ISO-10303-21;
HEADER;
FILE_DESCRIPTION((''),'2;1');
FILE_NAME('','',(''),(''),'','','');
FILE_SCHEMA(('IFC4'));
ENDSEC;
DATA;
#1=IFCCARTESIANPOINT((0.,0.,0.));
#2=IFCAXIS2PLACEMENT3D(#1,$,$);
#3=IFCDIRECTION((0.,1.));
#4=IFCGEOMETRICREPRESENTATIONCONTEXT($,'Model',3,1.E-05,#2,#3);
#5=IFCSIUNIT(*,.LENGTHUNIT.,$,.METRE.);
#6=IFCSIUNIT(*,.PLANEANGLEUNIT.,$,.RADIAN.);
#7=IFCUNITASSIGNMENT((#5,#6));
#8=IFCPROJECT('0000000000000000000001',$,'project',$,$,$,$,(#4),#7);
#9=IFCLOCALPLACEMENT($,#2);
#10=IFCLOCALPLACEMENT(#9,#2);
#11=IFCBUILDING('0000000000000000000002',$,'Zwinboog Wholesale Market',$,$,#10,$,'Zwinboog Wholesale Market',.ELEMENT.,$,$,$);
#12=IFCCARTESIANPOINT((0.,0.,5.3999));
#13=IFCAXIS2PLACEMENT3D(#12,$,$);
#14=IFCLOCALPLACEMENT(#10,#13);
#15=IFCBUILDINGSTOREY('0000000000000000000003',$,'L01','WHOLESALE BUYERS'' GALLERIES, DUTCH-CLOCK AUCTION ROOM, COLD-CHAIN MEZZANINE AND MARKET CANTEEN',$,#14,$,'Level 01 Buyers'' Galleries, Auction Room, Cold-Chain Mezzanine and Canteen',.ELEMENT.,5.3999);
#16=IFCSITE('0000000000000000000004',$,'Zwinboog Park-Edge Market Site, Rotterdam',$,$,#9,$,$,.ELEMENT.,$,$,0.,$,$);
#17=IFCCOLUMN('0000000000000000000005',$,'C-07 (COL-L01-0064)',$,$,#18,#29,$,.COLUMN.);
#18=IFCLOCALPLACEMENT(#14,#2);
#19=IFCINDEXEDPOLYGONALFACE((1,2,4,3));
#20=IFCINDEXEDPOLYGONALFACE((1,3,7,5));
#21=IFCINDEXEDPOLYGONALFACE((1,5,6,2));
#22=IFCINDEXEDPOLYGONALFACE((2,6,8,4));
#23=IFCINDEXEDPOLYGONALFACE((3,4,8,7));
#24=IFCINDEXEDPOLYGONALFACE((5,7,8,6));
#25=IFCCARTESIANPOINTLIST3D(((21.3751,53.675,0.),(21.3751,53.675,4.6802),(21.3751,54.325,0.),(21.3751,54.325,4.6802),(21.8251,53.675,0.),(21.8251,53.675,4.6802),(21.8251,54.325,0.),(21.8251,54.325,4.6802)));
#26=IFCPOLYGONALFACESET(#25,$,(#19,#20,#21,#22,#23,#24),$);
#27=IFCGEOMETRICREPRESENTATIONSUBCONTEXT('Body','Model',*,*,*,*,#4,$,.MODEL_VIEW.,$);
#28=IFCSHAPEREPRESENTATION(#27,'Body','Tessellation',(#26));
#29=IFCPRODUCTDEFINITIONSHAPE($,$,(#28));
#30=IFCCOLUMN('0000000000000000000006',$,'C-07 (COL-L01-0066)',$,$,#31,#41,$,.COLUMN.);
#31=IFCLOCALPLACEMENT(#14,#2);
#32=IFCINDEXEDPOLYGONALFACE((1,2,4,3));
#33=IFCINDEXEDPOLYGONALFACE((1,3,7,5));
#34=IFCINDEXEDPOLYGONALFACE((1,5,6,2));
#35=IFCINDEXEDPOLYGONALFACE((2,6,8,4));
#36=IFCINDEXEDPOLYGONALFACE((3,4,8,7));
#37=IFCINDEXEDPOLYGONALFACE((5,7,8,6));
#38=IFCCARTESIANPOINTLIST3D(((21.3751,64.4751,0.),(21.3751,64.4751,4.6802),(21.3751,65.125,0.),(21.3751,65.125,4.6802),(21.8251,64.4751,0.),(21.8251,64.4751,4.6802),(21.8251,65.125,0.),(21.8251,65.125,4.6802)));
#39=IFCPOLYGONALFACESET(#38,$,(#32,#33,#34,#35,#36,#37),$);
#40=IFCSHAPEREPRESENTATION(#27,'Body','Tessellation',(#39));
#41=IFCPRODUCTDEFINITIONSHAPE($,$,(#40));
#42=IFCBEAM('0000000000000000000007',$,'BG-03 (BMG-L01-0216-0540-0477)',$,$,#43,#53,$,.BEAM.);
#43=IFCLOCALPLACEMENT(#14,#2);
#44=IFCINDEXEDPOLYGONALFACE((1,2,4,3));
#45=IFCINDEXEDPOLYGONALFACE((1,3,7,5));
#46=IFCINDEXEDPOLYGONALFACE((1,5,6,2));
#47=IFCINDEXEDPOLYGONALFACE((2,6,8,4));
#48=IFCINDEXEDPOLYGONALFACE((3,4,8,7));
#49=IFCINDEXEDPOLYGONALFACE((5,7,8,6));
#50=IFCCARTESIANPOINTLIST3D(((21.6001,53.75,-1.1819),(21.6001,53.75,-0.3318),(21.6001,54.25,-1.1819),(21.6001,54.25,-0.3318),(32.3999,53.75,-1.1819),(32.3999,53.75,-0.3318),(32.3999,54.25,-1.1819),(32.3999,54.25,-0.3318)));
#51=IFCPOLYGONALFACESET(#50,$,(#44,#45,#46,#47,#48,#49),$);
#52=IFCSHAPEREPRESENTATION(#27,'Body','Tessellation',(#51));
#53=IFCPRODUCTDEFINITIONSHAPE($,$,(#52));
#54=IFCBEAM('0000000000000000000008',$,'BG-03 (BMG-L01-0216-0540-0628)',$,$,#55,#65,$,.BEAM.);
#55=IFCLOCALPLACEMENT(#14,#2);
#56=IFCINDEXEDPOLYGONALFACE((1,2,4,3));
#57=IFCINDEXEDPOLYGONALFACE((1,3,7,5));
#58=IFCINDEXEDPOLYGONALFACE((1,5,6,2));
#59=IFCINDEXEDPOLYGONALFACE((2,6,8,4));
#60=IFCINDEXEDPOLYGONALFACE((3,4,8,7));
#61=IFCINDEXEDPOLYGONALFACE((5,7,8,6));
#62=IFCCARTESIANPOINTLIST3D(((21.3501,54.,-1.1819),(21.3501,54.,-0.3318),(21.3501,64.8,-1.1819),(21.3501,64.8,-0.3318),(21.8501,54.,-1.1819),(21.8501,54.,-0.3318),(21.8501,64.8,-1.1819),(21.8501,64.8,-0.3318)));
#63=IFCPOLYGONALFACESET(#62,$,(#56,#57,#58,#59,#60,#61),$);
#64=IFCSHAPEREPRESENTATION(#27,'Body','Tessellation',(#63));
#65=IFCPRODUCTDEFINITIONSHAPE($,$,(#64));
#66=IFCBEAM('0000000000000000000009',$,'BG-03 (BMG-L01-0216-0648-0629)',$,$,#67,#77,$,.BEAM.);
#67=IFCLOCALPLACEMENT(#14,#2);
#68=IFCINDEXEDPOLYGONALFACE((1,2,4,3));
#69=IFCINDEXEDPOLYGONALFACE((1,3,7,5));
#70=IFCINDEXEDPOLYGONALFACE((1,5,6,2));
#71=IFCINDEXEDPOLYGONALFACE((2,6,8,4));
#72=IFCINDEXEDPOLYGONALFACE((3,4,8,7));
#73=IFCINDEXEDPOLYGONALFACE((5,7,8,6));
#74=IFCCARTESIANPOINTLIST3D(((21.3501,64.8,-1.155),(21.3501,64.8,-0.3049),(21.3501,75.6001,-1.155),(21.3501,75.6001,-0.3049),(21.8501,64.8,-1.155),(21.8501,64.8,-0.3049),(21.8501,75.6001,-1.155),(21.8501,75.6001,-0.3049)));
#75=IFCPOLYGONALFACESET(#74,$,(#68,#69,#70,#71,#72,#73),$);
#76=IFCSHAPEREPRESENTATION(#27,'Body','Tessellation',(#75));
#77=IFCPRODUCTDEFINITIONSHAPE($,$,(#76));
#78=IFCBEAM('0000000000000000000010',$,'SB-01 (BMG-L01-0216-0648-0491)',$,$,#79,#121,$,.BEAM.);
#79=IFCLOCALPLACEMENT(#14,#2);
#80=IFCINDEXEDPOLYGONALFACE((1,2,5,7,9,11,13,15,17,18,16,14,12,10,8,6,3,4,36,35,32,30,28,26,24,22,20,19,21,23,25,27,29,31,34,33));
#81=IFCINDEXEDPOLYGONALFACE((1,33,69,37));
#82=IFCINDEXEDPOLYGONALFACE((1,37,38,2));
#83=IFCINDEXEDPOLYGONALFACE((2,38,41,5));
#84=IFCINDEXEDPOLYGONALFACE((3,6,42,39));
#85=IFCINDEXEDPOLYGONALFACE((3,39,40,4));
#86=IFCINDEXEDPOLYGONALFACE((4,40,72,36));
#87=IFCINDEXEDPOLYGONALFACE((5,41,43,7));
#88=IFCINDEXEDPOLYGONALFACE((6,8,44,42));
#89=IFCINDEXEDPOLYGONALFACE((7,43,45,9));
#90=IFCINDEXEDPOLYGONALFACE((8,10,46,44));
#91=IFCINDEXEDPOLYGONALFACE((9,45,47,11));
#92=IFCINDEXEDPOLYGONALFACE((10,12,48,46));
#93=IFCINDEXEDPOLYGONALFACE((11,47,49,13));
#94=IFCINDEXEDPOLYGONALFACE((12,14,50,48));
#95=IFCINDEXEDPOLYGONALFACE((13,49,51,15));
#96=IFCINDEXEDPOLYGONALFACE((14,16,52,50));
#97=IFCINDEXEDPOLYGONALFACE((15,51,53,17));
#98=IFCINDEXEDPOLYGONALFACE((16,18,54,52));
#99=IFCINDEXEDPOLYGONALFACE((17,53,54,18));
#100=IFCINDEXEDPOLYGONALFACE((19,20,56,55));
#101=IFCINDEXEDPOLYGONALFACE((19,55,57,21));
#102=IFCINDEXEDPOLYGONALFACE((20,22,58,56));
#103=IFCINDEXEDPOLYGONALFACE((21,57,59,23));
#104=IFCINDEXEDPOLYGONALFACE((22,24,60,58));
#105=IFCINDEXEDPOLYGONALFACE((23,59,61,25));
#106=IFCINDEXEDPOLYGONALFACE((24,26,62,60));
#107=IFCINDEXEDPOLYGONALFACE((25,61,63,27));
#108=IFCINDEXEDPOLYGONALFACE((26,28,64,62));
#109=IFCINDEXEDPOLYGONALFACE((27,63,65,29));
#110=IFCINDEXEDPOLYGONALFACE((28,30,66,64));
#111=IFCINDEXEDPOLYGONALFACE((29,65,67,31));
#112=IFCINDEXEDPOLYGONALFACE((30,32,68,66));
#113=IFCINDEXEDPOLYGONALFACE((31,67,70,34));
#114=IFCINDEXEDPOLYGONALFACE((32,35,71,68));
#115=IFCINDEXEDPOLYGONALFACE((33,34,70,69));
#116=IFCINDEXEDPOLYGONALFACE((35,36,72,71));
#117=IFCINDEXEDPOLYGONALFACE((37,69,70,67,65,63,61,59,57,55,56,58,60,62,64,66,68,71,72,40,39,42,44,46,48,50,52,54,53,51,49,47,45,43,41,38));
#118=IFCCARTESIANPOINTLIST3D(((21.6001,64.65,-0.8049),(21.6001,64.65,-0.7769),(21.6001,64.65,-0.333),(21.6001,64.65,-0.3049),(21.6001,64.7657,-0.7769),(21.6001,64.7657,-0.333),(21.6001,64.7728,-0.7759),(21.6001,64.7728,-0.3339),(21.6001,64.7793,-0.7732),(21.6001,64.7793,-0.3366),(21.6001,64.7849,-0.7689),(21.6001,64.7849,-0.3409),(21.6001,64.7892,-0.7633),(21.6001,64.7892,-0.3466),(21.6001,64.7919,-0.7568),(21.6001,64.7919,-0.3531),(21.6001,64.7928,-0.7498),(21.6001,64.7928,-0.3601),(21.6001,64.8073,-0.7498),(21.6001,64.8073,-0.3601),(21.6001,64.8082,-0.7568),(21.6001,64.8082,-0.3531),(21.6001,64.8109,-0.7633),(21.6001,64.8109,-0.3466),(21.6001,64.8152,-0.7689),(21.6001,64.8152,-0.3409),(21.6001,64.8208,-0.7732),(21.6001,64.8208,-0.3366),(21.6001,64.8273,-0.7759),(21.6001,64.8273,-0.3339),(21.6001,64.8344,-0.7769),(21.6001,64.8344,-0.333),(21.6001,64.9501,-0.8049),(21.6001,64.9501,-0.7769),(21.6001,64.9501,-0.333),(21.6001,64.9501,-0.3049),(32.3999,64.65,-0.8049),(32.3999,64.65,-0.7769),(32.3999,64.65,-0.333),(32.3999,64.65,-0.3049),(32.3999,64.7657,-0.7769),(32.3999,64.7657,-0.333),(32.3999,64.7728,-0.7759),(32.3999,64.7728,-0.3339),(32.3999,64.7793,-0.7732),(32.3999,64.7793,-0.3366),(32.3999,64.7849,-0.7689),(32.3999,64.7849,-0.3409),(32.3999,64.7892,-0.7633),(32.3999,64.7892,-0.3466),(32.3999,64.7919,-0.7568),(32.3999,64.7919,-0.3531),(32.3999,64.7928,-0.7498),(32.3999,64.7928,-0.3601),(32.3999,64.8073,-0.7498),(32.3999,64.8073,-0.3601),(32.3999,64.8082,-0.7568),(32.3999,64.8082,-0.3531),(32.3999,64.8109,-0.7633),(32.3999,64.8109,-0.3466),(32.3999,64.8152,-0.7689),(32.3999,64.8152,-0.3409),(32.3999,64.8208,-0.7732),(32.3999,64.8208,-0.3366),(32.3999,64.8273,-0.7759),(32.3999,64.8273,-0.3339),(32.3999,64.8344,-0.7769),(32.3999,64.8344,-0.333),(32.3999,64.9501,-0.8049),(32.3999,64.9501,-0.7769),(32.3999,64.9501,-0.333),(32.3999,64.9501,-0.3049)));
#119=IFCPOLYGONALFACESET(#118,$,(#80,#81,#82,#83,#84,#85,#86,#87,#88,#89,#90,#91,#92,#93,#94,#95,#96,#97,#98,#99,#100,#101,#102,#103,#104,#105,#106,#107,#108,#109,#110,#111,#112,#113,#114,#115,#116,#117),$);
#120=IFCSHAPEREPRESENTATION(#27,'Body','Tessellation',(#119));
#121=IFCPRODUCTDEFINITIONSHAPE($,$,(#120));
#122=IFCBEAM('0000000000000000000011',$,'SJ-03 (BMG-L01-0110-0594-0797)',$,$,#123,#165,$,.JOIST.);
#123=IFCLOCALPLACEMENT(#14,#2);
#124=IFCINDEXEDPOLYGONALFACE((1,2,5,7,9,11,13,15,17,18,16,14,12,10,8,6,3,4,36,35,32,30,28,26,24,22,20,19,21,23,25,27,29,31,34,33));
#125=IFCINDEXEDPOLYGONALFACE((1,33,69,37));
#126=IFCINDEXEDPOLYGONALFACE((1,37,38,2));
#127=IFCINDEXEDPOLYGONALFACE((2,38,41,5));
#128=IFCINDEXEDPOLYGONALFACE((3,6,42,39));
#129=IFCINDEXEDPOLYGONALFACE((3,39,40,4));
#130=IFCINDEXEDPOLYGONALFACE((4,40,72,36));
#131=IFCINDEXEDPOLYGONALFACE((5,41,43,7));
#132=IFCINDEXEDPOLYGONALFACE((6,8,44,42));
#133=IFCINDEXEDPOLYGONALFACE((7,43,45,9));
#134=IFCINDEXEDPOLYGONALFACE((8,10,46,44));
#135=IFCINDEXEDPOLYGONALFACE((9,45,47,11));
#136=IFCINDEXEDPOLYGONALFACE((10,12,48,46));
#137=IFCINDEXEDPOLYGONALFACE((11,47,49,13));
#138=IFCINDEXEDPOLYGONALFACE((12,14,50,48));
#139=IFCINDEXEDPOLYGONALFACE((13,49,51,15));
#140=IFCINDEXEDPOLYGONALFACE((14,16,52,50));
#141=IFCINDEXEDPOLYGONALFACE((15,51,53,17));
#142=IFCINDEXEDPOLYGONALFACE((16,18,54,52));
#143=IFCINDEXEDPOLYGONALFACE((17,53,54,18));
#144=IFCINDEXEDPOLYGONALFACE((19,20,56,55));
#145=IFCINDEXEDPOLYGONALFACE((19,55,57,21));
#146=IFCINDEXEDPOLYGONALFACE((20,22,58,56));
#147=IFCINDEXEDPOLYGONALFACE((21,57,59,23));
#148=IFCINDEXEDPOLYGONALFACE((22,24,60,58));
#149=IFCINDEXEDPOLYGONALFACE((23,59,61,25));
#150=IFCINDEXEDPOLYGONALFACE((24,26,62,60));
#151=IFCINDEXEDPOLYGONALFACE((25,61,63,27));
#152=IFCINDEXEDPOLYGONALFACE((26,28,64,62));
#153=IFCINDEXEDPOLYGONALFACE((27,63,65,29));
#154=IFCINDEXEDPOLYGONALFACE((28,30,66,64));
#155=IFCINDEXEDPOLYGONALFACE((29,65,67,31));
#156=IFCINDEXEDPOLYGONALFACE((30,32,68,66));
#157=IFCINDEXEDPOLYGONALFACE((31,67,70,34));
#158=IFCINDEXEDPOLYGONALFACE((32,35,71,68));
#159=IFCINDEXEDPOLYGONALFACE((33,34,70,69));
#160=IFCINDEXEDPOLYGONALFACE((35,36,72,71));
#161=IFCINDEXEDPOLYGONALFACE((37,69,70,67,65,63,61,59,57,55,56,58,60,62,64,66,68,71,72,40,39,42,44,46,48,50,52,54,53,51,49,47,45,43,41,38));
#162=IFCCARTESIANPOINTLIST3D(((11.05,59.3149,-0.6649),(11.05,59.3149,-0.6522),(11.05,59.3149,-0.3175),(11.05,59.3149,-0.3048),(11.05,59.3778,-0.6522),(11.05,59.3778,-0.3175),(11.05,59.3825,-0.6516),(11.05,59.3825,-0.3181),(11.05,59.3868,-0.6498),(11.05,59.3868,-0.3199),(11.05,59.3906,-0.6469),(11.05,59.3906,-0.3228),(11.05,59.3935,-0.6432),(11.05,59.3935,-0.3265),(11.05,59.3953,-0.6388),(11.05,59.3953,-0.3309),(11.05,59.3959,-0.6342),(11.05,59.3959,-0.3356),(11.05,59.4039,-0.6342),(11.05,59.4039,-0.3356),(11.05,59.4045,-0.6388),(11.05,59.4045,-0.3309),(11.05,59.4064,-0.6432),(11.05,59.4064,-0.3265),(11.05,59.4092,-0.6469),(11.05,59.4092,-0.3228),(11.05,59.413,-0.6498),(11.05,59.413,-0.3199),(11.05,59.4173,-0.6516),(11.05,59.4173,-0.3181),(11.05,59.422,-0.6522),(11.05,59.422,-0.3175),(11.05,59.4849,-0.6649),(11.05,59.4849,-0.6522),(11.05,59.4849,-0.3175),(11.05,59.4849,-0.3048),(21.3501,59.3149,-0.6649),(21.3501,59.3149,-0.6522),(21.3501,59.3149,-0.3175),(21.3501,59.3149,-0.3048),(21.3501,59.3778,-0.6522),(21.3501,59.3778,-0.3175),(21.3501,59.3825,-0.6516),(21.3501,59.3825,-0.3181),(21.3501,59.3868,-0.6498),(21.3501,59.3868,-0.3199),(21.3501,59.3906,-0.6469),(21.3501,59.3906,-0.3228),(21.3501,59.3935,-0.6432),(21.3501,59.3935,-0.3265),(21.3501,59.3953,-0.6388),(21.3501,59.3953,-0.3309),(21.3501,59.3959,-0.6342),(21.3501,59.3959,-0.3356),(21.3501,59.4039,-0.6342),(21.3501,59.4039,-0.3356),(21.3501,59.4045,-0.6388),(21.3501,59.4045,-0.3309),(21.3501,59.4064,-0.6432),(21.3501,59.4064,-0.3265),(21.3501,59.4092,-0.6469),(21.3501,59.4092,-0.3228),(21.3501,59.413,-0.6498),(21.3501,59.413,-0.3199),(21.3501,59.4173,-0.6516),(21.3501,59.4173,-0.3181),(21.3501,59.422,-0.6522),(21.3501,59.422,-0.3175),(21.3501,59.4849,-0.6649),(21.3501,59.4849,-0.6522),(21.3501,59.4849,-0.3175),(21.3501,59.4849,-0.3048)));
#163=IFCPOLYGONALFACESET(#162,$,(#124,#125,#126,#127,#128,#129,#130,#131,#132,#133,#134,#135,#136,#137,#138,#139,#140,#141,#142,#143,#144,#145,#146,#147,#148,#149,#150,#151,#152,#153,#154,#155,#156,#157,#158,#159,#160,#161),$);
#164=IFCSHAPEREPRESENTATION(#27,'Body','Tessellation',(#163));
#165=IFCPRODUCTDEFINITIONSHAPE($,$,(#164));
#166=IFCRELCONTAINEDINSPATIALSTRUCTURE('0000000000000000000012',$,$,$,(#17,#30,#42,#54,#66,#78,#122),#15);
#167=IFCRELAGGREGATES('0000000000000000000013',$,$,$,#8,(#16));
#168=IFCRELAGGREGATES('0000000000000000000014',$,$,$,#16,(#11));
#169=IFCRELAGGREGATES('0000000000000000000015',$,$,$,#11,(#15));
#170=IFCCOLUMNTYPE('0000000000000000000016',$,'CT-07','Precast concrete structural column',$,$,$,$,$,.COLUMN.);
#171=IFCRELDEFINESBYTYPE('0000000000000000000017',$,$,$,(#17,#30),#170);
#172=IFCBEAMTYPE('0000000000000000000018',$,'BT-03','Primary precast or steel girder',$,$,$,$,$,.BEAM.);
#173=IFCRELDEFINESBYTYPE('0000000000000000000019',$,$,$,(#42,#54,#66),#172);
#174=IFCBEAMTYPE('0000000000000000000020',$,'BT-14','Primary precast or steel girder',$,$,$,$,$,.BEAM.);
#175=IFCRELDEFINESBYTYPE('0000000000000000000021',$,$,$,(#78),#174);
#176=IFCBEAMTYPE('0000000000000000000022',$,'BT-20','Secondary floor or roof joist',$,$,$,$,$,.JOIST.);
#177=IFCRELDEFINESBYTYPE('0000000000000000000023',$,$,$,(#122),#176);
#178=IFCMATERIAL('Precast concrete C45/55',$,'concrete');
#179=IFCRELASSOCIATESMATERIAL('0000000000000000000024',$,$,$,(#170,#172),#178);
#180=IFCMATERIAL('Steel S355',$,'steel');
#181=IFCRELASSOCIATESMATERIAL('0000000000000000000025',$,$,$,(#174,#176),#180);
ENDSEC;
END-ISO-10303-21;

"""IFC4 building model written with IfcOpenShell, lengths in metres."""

from ifc_helpers import new_model, si_unit, direction, frame, origin, origin_2d, place, context, subcontext, project, spatial, rectangle, i_section, extrude, material, material_profile, profile_set, type_object, element, save


model = new_model("IFC4")

# Units and contexts
model_context = context("Model", 3, precision=1e-05, world=origin(), true_north=direction((0.0, 1.0)))
body_context = subcontext(model_context, "Body", "Model", "MODEL_VIEW")
ifc_project = project(units=[si_unit("LENGTHUNIT", "METRE"), si_unit("PLANEANGLEUNIT", "RADIAN")], contexts=[model_context])

# Site, building, storey
site_placement = place(None, origin())
site = spatial("IfcSite", under=ifc_project, at=site_placement, Name="Zwinboog Park-Edge Market Site, Rotterdam", CompositionType="ELEMENT", RefElevation=0.0)
building_placement = place(site_placement, origin())
building = spatial("IfcBuilding", under=site, at=building_placement, Name="Zwinboog Wholesale Market", LongName="Zwinboog Wholesale Market", CompositionType="ELEMENT")
storey_placement = place(building_placement, frame((0.0, 0.0, 5.3999)))
storey = spatial("IfcBuildingStorey", under=building, at=storey_placement, Name="L01", Description="WHOLESALE BUYERS' GALLERIES, DUTCH-CLOCK AUCTION ROOM, COLD-CHAIN MEZZANINE AND MARKET CANTEEN", LongName="Level 01 Buyers' Galleries, Auction Room, Cold-Chain Mezzanine and Canteen", CompositionType="ELEMENT", Elevation=5.3999)

# Columns
ifc_material_1 = material(Name="Precast concrete C45/55", Category="concrete")
ifc_material_profile_1 = material_profile(ifc_material_1, rectangle(XDim=0.45, YDim=0.6499, at=origin_2d()), Name="PC 450x650")
ifc_profile_set_1 = profile_set([ifc_material_profile_1], Name="Precast concrete C45/55")
column_type = type_object("IfcColumnType", Name="CT-07", Description="Precast concrete structural column", PredefinedType="COLUMN", material=ifc_profile_set_1)
for number, where, z_axis, x_axis, name in (
    (1, (21.6001, 54.0, 0.0), (0.0, 0.0, 1.0), (1.0, 0.0, 0.0), "C-07 (COL-L01-0064)"),
    (2, (21.6001, 64.8, 0.0), (0.0, 0.0, 1.0), (1.0, 0.0, 0.0), "C-07 (COL-L01-0066)"),
):
    element("IfcColumn", number, at=place(storey_placement, frame(where, z_axis=z_axis, x_axis=x_axis)), inside=storey, type_object=column_type, Name=name, PredefinedType="COLUMN", context=body_context, shape_type="SweptSolid", body=[
        extrude(rectangle(XDim=0.45, YDim=0.6499, at=origin_2d()), origin(), (0.0, 0.0, 1.0), 4.6802),
    ])

# Beams
ifc_material_profile_2 = material_profile(ifc_material_1, rectangle(XDim=0.5, YDim=0.8501, at=origin_2d()), Name="PC 500x850")
ifc_profile_set_2 = profile_set([ifc_material_profile_2], Name="Precast concrete C45/55")
beam_type_1 = type_object("IfcBeamType", Name="BT-03", Description="Primary precast or steel girder", PredefinedType="BEAM", material=ifc_profile_set_2)
beam_1_placement = place(storey_placement, frame((21.6001, 54.0, -0.7568), z_axis=(1.0, 0.0, 0.0), x_axis=(0.0, 1.0, 0.0)))
element("IfcBeam", 3, at=beam_1_placement, inside=storey, type_object=beam_type_1, Name="BG-03 (BMG-L01-0216-0540-0477)", PredefinedType="BEAM", context=body_context, shape_type="SweptSolid", body=[
    extrude(rectangle(XDim=0.5, YDim=0.8501, at=origin_2d()), origin(), (0.0, 0.0, 1.0), 10.7998),
])
for number, where, z_axis, x_axis, name in (
    (4, (21.6001, 54.0, -0.7568), (0.0, 1.0, 0.0), (-1.0, 0.0, 0.0), "BG-03 (BMG-L01-0216-0540-0628)"),
    (5, (21.6001, 64.8, -0.73), (0.0, 1.0, 0.0), (-1.0, 0.0, 0.0), "BG-03 (BMG-L01-0216-0648-0629)"),
):
    element("IfcBeam", number, at=place(storey_placement, frame(where, z_axis=z_axis, x_axis=x_axis)), inside=storey, type_object=beam_type_1, Name=name, PredefinedType="BEAM", context=body_context, shape_type="SweptSolid", body=[
        extrude(rectangle(XDim=0.5, YDim=0.8501, at=origin_2d()), origin(), (0.0, 0.0, 1.0), 10.8),
    ])
ifc_material_2 = material(Name="Steel S355", Category="steel")
ifc_material_profile_3 = material_profile(ifc_material_2, i_section(OverallWidth=0.3, OverallDepth=0.5, WebThickness=0.0144, FlangeThickness=0.0281, FilletRadius=0.0271, at=origin_2d()), Name="HEB 500")
ifc_profile_set_3 = profile_set([ifc_material_profile_3], Name="Steel S355")
beam_type_2 = type_object("IfcBeamType", Name="BT-14", Description="Primary precast or steel girder", PredefinedType="BEAM", material=ifc_profile_set_3)
beam_2_placement = place(storey_placement, frame((21.6001, 64.8, -0.5549), z_axis=(1.0, 0.0, 0.0), x_axis=(0.0, 1.0, 0.0)))
element("IfcBeam", 6, at=beam_2_placement, inside=storey, type_object=beam_type_2, Name="SB-01 (BMG-L01-0216-0648-0491)", PredefinedType="BEAM", context=body_context, shape_type="SweptSolid", body=[
    extrude(i_section(OverallWidth=0.3, OverallDepth=0.5, WebThickness=0.0144, FlangeThickness=0.0281, FilletRadius=0.0271, at=origin_2d()), origin(), (0.0, 0.0, 1.0), 10.7998),
])
ifc_material_profile_4 = material_profile(ifc_material_2, i_section(OverallWidth=0.1699, OverallDepth=0.3601, WebThickness=0.0081, FlangeThickness=0.0127, FilletRadius=0.0181, at=origin_2d()), Name="IPE 360")
ifc_profile_set_4 = profile_set([ifc_material_profile_4], Name="Steel S355")
beam_type_3 = type_object("IfcBeamType", Name="BT-20", Description="Secondary floor or roof joist", PredefinedType="JOIST", material=ifc_profile_set_4)
beam_3_placement = place(storey_placement, frame((11.05, 59.3999, -0.4849), z_axis=(1.0, 0.0, 0.0), x_axis=(0.0, 1.0, 0.0)))
element("IfcBeam", 7, at=beam_3_placement, inside=storey, type_object=beam_type_3, Name="SJ-03 (BMG-L01-0110-0594-0797)", PredefinedType="JOIST", context=body_context, shape_type="SweptSolid", body=[
    extrude(i_section(OverallWidth=0.1699, OverallDepth=0.3601, WebThickness=0.0081, FlangeThickness=0.0127, FilletRadius=0.0181, at=origin_2d()), origin(), (0.0, 0.0, 1.0), 10.3),
])

save(model, "model.ifc")
